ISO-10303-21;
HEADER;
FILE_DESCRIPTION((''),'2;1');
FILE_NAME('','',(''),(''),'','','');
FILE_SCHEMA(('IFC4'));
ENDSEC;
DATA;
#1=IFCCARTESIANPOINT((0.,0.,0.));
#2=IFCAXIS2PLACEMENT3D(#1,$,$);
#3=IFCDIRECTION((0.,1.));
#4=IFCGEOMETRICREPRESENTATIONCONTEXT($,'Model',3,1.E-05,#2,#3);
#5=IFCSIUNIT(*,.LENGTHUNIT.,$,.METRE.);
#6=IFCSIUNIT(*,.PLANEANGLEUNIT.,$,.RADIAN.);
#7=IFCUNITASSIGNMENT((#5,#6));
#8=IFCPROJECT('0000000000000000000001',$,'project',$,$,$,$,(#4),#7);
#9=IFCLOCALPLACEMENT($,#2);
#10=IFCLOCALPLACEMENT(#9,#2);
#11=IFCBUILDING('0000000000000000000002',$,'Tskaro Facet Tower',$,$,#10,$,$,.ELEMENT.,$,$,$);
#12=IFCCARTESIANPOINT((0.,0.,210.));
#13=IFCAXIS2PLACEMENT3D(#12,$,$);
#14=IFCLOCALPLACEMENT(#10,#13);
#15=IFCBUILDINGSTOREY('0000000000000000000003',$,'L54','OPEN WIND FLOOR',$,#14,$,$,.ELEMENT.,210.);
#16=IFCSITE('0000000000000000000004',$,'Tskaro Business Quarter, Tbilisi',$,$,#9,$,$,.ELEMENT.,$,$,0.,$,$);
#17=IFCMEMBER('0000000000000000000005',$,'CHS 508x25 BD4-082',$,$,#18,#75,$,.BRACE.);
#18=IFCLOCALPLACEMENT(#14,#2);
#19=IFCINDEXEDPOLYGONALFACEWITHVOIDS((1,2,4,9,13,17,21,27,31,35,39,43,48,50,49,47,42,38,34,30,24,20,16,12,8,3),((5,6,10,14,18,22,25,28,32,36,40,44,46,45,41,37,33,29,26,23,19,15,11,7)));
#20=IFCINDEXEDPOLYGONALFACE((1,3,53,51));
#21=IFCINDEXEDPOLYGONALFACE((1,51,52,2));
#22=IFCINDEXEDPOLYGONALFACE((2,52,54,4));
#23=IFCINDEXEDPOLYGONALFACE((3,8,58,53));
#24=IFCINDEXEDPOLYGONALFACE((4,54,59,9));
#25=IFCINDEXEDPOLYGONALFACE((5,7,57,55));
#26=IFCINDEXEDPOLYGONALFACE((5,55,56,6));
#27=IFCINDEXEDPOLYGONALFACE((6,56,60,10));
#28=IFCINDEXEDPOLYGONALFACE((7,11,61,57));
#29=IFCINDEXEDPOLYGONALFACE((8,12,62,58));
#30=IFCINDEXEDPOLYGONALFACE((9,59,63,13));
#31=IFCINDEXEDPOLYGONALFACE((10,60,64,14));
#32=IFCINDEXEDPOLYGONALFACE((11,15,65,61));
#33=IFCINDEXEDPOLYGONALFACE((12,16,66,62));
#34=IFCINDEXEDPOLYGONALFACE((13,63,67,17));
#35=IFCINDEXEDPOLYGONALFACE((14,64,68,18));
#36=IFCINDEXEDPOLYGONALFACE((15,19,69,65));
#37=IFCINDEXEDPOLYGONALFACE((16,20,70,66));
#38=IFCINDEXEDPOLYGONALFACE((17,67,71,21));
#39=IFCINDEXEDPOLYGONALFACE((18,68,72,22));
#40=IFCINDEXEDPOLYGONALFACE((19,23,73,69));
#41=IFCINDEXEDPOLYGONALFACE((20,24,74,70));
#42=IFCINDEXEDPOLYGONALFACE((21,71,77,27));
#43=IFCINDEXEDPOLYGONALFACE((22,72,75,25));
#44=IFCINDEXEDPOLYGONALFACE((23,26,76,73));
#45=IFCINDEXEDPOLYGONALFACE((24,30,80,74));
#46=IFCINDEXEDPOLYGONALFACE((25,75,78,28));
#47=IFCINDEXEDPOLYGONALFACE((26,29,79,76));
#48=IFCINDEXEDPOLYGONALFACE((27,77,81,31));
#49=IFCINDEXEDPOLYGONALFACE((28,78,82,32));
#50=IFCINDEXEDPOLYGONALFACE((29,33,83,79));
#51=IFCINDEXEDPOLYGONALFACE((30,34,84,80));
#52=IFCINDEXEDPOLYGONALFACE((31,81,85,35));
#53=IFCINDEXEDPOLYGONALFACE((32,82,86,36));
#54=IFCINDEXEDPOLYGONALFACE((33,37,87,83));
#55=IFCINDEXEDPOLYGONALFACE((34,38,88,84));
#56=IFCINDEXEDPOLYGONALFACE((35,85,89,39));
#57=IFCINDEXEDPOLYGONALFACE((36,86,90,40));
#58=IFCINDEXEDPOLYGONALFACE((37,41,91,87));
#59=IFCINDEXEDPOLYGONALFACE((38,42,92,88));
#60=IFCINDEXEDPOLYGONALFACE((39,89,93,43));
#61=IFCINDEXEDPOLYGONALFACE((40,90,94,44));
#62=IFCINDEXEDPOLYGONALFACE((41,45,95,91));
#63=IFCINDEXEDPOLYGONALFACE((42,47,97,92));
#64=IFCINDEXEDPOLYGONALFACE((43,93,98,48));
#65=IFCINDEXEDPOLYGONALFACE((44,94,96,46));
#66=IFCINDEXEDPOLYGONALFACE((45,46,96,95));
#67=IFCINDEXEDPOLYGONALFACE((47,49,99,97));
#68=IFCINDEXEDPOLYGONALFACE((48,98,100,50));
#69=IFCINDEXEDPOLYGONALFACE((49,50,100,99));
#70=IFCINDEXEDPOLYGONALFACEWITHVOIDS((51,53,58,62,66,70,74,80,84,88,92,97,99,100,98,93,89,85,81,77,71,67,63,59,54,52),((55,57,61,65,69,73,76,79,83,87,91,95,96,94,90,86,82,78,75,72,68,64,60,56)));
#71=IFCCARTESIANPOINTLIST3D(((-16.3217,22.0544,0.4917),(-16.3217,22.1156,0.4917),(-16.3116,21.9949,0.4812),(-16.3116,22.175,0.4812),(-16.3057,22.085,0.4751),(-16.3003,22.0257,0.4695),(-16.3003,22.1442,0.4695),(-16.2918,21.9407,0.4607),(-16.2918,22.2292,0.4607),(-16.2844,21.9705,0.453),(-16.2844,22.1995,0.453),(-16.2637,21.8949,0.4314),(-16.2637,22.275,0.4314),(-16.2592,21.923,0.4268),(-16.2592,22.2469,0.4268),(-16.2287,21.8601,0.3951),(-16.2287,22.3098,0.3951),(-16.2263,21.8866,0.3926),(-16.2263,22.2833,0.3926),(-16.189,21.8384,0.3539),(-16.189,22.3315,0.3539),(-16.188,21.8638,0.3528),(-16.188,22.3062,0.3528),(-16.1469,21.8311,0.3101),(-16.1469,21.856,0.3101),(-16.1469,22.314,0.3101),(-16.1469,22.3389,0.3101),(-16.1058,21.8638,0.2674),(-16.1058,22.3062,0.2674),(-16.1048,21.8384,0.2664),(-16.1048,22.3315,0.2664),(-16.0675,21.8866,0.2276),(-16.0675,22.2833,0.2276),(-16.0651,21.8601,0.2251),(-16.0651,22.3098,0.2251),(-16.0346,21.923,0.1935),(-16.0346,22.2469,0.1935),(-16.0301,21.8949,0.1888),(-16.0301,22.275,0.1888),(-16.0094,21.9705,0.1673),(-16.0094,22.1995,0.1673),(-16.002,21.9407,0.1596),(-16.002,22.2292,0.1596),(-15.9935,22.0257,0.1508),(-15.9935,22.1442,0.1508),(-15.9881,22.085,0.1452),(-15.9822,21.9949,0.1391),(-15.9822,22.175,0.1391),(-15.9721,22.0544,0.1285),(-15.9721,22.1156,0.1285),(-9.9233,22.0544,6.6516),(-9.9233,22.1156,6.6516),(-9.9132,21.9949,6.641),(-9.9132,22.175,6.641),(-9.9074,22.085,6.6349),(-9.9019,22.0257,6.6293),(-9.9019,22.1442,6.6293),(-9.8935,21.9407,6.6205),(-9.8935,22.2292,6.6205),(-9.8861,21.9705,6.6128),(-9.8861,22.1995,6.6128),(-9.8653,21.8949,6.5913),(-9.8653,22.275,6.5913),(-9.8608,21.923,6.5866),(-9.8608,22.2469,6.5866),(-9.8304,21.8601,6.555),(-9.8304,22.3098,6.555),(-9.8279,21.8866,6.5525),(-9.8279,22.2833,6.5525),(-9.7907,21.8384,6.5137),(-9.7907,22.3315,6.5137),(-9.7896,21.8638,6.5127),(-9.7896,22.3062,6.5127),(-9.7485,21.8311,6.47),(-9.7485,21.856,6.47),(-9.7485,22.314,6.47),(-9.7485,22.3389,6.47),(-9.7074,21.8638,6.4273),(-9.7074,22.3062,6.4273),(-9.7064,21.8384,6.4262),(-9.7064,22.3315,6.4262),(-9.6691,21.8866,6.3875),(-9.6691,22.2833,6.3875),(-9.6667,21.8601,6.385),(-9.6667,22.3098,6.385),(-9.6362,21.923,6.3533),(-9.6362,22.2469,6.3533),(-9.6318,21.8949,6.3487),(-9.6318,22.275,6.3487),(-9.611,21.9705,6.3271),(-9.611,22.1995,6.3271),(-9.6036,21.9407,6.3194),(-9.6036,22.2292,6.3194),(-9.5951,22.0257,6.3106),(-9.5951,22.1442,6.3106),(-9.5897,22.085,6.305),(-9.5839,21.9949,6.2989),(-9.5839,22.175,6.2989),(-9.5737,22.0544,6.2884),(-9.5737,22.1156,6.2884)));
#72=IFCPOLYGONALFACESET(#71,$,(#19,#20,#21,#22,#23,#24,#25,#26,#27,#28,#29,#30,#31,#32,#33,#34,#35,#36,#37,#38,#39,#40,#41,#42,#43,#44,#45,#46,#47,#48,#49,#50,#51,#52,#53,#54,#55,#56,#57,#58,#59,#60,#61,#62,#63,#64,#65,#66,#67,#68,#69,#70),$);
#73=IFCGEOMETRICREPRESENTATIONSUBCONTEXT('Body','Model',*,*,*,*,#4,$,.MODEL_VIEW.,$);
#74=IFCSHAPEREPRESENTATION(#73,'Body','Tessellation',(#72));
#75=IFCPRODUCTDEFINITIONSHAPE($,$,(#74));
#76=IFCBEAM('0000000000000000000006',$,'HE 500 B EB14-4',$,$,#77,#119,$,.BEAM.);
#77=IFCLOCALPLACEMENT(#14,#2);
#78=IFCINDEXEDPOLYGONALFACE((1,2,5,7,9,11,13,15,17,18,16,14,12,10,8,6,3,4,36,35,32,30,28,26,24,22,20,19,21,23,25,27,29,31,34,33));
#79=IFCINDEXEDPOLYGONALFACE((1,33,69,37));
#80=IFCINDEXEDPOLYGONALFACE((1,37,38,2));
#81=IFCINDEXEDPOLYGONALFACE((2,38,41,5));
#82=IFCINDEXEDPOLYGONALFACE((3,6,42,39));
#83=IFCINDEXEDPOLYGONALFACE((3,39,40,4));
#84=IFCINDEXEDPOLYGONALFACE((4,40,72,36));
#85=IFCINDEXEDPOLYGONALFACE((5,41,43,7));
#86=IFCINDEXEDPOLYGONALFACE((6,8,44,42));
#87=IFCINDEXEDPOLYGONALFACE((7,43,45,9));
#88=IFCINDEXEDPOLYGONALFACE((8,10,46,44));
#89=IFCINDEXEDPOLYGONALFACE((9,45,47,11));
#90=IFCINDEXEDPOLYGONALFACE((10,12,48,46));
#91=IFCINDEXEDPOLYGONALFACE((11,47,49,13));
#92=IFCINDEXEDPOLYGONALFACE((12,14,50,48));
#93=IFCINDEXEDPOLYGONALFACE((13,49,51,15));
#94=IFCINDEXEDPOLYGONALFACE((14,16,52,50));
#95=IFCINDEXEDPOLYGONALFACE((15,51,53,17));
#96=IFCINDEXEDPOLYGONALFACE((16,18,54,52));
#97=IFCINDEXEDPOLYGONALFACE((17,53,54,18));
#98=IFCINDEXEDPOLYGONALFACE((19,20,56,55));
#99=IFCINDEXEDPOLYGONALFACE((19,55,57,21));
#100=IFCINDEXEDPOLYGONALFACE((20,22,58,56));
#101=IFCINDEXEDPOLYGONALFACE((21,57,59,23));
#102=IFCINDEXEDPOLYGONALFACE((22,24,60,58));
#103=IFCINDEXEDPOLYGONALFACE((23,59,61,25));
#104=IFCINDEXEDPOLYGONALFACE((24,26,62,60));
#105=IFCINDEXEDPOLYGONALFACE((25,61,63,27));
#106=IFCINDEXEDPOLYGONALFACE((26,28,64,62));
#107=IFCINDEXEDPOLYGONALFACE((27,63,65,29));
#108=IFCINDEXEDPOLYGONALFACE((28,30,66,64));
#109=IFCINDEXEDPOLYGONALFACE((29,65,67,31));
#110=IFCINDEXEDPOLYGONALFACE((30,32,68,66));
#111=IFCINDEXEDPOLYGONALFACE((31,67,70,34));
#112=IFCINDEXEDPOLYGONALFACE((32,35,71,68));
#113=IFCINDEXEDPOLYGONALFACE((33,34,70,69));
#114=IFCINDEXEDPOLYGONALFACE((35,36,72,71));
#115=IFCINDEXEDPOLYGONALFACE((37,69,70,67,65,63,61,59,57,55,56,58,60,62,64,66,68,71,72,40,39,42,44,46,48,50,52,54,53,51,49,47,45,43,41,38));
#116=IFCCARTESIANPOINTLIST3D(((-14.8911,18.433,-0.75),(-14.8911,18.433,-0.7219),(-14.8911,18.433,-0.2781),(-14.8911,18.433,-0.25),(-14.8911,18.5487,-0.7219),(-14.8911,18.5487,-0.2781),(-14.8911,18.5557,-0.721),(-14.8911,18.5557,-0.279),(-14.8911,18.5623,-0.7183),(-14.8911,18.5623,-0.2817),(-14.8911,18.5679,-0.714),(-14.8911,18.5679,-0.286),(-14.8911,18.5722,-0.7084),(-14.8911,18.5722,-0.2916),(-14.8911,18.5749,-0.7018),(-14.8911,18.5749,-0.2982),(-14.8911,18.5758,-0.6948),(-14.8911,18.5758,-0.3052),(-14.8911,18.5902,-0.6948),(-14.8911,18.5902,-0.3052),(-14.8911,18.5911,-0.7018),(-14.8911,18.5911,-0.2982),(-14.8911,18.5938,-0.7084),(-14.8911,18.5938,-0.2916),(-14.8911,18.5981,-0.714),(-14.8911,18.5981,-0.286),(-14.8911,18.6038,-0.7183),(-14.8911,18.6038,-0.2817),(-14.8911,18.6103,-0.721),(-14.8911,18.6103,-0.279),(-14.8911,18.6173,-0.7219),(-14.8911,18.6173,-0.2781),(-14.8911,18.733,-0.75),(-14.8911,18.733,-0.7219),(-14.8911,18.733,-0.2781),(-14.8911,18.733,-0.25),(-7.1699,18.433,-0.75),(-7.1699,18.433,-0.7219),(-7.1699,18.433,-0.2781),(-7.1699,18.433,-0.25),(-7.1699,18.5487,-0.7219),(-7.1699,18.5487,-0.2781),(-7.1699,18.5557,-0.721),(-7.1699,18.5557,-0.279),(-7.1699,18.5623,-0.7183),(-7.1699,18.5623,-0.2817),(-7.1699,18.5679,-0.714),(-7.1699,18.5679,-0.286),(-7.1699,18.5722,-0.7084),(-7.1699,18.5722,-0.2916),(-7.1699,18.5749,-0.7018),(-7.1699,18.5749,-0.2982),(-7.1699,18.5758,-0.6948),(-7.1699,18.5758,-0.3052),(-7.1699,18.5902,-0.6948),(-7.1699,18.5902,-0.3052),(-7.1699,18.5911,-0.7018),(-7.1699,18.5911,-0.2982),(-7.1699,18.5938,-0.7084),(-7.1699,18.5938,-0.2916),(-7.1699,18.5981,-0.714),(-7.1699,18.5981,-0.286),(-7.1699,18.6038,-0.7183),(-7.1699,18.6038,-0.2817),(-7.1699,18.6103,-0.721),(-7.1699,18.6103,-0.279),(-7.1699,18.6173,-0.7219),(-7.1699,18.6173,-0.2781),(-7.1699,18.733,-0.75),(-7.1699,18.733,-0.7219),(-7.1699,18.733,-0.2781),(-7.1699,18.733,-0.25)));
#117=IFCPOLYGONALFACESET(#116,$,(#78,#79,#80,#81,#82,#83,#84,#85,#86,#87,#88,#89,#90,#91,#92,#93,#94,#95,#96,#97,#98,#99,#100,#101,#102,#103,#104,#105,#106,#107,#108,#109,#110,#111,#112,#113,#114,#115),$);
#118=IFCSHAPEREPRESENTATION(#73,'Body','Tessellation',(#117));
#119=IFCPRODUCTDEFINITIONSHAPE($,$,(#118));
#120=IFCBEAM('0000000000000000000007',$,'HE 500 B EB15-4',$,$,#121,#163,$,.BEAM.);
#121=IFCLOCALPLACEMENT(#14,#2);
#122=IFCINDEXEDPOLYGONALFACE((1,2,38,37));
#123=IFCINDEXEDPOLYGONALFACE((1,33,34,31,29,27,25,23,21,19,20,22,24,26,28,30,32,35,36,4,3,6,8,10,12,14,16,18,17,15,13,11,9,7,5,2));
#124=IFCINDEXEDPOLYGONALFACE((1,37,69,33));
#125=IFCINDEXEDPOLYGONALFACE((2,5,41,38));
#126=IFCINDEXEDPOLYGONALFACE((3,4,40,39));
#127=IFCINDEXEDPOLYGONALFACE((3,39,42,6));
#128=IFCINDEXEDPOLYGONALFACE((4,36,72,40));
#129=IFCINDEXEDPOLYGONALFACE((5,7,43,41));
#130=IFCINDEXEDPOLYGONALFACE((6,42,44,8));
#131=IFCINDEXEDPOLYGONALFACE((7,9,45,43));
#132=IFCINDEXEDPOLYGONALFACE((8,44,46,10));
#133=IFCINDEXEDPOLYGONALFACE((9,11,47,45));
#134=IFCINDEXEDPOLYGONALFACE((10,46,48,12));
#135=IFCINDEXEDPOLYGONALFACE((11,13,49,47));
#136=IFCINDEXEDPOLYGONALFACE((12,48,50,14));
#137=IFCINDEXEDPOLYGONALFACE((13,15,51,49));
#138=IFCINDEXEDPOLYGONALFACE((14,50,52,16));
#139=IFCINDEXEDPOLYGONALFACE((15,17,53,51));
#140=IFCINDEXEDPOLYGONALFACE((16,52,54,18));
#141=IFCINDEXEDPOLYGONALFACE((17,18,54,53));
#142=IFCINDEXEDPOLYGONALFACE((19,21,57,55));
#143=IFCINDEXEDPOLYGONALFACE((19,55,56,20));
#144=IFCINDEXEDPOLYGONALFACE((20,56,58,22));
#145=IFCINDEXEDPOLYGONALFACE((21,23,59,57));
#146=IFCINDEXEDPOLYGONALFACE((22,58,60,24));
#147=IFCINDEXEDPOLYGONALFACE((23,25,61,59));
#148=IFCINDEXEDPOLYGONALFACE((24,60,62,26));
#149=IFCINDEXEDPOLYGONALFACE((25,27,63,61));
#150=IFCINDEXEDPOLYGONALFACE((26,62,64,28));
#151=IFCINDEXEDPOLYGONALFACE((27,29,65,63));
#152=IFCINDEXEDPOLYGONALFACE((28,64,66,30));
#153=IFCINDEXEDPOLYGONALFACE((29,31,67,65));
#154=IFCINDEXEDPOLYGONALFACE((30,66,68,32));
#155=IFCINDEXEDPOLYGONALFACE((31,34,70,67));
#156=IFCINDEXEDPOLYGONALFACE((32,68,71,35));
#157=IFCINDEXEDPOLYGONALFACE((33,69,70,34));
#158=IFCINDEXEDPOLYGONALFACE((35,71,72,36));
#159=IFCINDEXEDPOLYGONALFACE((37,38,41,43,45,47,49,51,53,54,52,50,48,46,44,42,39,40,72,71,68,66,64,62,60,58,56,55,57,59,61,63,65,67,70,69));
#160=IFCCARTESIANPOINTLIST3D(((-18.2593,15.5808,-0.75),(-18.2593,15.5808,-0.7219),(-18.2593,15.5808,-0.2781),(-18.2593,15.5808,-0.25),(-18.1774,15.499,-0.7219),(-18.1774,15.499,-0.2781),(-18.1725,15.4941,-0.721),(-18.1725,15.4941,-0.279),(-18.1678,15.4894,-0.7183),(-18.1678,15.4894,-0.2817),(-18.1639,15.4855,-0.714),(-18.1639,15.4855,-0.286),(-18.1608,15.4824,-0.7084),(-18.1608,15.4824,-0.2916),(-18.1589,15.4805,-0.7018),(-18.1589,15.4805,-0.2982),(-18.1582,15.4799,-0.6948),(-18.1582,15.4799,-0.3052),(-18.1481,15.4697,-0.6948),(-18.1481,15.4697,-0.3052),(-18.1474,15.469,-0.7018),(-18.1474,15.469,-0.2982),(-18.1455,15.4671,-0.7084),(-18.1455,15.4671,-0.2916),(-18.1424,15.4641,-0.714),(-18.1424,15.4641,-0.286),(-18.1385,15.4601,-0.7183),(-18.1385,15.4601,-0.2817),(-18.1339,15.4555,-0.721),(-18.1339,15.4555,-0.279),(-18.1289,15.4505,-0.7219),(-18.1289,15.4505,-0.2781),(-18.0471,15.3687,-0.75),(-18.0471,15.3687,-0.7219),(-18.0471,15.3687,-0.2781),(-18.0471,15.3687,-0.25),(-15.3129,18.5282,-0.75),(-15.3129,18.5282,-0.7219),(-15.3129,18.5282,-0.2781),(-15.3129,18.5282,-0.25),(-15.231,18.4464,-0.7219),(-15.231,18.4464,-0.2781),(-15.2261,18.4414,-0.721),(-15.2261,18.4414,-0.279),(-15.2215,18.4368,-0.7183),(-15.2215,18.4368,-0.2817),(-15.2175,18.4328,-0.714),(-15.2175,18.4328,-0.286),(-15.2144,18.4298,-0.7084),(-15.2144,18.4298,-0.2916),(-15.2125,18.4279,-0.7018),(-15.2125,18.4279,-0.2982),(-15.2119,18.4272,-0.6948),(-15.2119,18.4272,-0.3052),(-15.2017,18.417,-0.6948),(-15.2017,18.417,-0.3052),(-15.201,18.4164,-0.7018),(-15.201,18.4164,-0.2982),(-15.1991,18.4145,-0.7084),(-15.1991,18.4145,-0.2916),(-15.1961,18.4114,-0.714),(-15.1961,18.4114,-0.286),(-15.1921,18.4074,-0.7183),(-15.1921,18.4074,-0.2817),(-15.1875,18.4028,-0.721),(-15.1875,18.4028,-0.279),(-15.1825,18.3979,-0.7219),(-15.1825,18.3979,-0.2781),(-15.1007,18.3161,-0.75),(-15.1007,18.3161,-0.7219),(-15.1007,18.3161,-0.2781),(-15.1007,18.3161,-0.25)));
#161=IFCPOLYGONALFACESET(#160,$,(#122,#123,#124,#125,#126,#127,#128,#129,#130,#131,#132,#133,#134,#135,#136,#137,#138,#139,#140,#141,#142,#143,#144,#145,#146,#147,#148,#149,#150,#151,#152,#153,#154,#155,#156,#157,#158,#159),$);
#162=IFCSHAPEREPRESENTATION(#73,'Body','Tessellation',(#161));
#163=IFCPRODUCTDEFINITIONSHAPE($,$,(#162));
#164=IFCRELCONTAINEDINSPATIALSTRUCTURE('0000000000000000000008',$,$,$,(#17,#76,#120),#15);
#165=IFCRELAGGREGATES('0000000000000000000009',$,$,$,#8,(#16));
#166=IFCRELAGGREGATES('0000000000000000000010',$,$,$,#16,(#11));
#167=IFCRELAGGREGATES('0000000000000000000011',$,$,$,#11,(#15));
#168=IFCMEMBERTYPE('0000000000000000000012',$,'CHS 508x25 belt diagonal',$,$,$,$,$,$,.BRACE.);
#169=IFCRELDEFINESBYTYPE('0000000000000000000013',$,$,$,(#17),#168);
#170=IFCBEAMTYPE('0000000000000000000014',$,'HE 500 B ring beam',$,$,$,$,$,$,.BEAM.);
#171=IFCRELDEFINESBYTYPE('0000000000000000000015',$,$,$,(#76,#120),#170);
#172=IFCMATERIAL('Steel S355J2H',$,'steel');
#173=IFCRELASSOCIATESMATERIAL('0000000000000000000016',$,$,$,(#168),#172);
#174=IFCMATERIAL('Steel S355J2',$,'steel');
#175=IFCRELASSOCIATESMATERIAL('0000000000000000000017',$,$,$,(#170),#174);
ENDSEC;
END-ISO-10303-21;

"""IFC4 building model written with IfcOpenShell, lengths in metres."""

from ifc_helpers import new_model, si_unit, direction, frame, origin, origin_2d, place, context, subcontext, project, spatial, hollow_circle, i_section, extrude, material, material_profile, profile_set, type_object, element, save


model = new_model("IFC4")

# Units and contexts
model_context = context("Model", 3, precision=1e-05, world=origin(), true_north=direction((0.0, 1.0)))
body_context = subcontext(model_context, "Body", "Model", "MODEL_VIEW")
ifc_project = project(units=[si_unit("LENGTHUNIT", "METRE"), si_unit("PLANEANGLEUNIT", "RADIAN")], contexts=[model_context])

# Site, building, storey
site_placement = place(None, origin())
site = spatial("IfcSite", under=ifc_project, at=site_placement, Name="Tskaro Business Quarter, Tbilisi", CompositionType="ELEMENT", RefElevation=0.0)
building_placement = place(site_placement, origin())
building = spatial("IfcBuilding", under=site, at=building_placement, Name="Tskaro Facet Tower", CompositionType="ELEMENT")
storey_placement = place(building_placement, frame((0.0, 0.0, 210.0)))
storey = spatial("IfcBuildingStorey", under=building, at=storey_placement, Name="L54", Description="OPEN WIND FLOOR", CompositionType="ELEMENT", Elevation=210.0)

# Shared definitions
ifc_material_1 = material(Name="Steel S355J2H", Category="steel")

# Shared definitions
ifc_material_2 = material(Name="Steel S355J2", Category="steel")

# Member
ifc_material_profile_1 = material_profile(ifc_material_1, hollow_circle(Radius=0.2539, WallThickness=0.0249, at=origin_2d()), Name="CHS 508x25")
ifc_profile_set_1 = profile_set([ifc_material_profile_1], Name="Steel S355J2H")
member_type_1 = type_object("IfcMemberType", Name="CHS 508x25 belt diagonal", PredefinedType="BRACE", material=ifc_profile_set_1)
for number, where, z_axis, x_axis, name in (
    (1, (-9.7485, 22.085, 6.47), (-0.720407, 0.0, -0.693551), (0.0, -1.0, 0.0), "CHS 508x25 BD4-082"),
):
    element("IfcMember", number, at=place(storey_placement, frame(where, z_axis=z_axis, x_axis=x_axis)), inside=storey, type_object=member_type_1, Name=name, PredefinedType="BRACE", context=body_context, shape_type="SweptSolid", body=[
        extrude(hollow_circle(Radius=0.2539, WallThickness=0.0249, at=origin_2d()), origin(), (0.0, 0.0, 1.0), 8.8816),
    ])

# Beams
ifc_material_profile_2 = material_profile(ifc_material_2, i_section(OverallWidth=0.3, OverallDepth=0.5, WebThickness=0.0144, FlangeThickness=0.0281, FilletRadius=0.0271, at=origin_2d()), Name="HE 500 B")
ifc_profile_set_2 = profile_set([ifc_material_profile_2], Name="Steel S355J2")
beam_type_1 = type_object("IfcBeamType", Name="HE 500 B ring beam", PredefinedType="BEAM", material=ifc_profile_set_2)
beam_1_placement = place(storey_placement, frame((-7.1699, 18.583, -0.5), z_axis=(-1.0, 0.0, 0.0), x_axis=(0.0, -1.0, 0.0)))
element("IfcBeam", 2, at=beam_1_placement, inside=storey, type_object=beam_type_1, Name="HE 500 B EB14-4", PredefinedType="BEAM", context=body_context, shape_type="SweptSolid", body=[
    extrude(i_section(OverallWidth=0.3, OverallDepth=0.5, WebThickness=0.0144, FlangeThickness=0.0281, FilletRadius=0.0271, at=origin_2d()), origin(), (0.0, 0.0, 1.0), 7.7212),
])
beam_2_placement = place(storey_placement, frame((-15.2068, 18.4221, -0.5), z_axis=(-0.70699, -0.707224, 0.0), x_axis=(0.707224, -0.70699, 0.0)))
element("IfcBeam", 3, at=beam_2_placement, inside=storey, type_object=beam_type_1, Name="HE 500 B EB15-4", PredefinedType="BEAM", context=body_context, shape_type="SweptSolid", body=[
    extrude(i_section(OverallWidth=0.3, OverallDepth=0.5, WebThickness=0.0144, FlangeThickness=0.0281, FilletRadius=0.0271, at=origin_2d()), origin(), (0.0, 0.0, 1.0), 4.1675),
])

save(model, "model.ifc")
